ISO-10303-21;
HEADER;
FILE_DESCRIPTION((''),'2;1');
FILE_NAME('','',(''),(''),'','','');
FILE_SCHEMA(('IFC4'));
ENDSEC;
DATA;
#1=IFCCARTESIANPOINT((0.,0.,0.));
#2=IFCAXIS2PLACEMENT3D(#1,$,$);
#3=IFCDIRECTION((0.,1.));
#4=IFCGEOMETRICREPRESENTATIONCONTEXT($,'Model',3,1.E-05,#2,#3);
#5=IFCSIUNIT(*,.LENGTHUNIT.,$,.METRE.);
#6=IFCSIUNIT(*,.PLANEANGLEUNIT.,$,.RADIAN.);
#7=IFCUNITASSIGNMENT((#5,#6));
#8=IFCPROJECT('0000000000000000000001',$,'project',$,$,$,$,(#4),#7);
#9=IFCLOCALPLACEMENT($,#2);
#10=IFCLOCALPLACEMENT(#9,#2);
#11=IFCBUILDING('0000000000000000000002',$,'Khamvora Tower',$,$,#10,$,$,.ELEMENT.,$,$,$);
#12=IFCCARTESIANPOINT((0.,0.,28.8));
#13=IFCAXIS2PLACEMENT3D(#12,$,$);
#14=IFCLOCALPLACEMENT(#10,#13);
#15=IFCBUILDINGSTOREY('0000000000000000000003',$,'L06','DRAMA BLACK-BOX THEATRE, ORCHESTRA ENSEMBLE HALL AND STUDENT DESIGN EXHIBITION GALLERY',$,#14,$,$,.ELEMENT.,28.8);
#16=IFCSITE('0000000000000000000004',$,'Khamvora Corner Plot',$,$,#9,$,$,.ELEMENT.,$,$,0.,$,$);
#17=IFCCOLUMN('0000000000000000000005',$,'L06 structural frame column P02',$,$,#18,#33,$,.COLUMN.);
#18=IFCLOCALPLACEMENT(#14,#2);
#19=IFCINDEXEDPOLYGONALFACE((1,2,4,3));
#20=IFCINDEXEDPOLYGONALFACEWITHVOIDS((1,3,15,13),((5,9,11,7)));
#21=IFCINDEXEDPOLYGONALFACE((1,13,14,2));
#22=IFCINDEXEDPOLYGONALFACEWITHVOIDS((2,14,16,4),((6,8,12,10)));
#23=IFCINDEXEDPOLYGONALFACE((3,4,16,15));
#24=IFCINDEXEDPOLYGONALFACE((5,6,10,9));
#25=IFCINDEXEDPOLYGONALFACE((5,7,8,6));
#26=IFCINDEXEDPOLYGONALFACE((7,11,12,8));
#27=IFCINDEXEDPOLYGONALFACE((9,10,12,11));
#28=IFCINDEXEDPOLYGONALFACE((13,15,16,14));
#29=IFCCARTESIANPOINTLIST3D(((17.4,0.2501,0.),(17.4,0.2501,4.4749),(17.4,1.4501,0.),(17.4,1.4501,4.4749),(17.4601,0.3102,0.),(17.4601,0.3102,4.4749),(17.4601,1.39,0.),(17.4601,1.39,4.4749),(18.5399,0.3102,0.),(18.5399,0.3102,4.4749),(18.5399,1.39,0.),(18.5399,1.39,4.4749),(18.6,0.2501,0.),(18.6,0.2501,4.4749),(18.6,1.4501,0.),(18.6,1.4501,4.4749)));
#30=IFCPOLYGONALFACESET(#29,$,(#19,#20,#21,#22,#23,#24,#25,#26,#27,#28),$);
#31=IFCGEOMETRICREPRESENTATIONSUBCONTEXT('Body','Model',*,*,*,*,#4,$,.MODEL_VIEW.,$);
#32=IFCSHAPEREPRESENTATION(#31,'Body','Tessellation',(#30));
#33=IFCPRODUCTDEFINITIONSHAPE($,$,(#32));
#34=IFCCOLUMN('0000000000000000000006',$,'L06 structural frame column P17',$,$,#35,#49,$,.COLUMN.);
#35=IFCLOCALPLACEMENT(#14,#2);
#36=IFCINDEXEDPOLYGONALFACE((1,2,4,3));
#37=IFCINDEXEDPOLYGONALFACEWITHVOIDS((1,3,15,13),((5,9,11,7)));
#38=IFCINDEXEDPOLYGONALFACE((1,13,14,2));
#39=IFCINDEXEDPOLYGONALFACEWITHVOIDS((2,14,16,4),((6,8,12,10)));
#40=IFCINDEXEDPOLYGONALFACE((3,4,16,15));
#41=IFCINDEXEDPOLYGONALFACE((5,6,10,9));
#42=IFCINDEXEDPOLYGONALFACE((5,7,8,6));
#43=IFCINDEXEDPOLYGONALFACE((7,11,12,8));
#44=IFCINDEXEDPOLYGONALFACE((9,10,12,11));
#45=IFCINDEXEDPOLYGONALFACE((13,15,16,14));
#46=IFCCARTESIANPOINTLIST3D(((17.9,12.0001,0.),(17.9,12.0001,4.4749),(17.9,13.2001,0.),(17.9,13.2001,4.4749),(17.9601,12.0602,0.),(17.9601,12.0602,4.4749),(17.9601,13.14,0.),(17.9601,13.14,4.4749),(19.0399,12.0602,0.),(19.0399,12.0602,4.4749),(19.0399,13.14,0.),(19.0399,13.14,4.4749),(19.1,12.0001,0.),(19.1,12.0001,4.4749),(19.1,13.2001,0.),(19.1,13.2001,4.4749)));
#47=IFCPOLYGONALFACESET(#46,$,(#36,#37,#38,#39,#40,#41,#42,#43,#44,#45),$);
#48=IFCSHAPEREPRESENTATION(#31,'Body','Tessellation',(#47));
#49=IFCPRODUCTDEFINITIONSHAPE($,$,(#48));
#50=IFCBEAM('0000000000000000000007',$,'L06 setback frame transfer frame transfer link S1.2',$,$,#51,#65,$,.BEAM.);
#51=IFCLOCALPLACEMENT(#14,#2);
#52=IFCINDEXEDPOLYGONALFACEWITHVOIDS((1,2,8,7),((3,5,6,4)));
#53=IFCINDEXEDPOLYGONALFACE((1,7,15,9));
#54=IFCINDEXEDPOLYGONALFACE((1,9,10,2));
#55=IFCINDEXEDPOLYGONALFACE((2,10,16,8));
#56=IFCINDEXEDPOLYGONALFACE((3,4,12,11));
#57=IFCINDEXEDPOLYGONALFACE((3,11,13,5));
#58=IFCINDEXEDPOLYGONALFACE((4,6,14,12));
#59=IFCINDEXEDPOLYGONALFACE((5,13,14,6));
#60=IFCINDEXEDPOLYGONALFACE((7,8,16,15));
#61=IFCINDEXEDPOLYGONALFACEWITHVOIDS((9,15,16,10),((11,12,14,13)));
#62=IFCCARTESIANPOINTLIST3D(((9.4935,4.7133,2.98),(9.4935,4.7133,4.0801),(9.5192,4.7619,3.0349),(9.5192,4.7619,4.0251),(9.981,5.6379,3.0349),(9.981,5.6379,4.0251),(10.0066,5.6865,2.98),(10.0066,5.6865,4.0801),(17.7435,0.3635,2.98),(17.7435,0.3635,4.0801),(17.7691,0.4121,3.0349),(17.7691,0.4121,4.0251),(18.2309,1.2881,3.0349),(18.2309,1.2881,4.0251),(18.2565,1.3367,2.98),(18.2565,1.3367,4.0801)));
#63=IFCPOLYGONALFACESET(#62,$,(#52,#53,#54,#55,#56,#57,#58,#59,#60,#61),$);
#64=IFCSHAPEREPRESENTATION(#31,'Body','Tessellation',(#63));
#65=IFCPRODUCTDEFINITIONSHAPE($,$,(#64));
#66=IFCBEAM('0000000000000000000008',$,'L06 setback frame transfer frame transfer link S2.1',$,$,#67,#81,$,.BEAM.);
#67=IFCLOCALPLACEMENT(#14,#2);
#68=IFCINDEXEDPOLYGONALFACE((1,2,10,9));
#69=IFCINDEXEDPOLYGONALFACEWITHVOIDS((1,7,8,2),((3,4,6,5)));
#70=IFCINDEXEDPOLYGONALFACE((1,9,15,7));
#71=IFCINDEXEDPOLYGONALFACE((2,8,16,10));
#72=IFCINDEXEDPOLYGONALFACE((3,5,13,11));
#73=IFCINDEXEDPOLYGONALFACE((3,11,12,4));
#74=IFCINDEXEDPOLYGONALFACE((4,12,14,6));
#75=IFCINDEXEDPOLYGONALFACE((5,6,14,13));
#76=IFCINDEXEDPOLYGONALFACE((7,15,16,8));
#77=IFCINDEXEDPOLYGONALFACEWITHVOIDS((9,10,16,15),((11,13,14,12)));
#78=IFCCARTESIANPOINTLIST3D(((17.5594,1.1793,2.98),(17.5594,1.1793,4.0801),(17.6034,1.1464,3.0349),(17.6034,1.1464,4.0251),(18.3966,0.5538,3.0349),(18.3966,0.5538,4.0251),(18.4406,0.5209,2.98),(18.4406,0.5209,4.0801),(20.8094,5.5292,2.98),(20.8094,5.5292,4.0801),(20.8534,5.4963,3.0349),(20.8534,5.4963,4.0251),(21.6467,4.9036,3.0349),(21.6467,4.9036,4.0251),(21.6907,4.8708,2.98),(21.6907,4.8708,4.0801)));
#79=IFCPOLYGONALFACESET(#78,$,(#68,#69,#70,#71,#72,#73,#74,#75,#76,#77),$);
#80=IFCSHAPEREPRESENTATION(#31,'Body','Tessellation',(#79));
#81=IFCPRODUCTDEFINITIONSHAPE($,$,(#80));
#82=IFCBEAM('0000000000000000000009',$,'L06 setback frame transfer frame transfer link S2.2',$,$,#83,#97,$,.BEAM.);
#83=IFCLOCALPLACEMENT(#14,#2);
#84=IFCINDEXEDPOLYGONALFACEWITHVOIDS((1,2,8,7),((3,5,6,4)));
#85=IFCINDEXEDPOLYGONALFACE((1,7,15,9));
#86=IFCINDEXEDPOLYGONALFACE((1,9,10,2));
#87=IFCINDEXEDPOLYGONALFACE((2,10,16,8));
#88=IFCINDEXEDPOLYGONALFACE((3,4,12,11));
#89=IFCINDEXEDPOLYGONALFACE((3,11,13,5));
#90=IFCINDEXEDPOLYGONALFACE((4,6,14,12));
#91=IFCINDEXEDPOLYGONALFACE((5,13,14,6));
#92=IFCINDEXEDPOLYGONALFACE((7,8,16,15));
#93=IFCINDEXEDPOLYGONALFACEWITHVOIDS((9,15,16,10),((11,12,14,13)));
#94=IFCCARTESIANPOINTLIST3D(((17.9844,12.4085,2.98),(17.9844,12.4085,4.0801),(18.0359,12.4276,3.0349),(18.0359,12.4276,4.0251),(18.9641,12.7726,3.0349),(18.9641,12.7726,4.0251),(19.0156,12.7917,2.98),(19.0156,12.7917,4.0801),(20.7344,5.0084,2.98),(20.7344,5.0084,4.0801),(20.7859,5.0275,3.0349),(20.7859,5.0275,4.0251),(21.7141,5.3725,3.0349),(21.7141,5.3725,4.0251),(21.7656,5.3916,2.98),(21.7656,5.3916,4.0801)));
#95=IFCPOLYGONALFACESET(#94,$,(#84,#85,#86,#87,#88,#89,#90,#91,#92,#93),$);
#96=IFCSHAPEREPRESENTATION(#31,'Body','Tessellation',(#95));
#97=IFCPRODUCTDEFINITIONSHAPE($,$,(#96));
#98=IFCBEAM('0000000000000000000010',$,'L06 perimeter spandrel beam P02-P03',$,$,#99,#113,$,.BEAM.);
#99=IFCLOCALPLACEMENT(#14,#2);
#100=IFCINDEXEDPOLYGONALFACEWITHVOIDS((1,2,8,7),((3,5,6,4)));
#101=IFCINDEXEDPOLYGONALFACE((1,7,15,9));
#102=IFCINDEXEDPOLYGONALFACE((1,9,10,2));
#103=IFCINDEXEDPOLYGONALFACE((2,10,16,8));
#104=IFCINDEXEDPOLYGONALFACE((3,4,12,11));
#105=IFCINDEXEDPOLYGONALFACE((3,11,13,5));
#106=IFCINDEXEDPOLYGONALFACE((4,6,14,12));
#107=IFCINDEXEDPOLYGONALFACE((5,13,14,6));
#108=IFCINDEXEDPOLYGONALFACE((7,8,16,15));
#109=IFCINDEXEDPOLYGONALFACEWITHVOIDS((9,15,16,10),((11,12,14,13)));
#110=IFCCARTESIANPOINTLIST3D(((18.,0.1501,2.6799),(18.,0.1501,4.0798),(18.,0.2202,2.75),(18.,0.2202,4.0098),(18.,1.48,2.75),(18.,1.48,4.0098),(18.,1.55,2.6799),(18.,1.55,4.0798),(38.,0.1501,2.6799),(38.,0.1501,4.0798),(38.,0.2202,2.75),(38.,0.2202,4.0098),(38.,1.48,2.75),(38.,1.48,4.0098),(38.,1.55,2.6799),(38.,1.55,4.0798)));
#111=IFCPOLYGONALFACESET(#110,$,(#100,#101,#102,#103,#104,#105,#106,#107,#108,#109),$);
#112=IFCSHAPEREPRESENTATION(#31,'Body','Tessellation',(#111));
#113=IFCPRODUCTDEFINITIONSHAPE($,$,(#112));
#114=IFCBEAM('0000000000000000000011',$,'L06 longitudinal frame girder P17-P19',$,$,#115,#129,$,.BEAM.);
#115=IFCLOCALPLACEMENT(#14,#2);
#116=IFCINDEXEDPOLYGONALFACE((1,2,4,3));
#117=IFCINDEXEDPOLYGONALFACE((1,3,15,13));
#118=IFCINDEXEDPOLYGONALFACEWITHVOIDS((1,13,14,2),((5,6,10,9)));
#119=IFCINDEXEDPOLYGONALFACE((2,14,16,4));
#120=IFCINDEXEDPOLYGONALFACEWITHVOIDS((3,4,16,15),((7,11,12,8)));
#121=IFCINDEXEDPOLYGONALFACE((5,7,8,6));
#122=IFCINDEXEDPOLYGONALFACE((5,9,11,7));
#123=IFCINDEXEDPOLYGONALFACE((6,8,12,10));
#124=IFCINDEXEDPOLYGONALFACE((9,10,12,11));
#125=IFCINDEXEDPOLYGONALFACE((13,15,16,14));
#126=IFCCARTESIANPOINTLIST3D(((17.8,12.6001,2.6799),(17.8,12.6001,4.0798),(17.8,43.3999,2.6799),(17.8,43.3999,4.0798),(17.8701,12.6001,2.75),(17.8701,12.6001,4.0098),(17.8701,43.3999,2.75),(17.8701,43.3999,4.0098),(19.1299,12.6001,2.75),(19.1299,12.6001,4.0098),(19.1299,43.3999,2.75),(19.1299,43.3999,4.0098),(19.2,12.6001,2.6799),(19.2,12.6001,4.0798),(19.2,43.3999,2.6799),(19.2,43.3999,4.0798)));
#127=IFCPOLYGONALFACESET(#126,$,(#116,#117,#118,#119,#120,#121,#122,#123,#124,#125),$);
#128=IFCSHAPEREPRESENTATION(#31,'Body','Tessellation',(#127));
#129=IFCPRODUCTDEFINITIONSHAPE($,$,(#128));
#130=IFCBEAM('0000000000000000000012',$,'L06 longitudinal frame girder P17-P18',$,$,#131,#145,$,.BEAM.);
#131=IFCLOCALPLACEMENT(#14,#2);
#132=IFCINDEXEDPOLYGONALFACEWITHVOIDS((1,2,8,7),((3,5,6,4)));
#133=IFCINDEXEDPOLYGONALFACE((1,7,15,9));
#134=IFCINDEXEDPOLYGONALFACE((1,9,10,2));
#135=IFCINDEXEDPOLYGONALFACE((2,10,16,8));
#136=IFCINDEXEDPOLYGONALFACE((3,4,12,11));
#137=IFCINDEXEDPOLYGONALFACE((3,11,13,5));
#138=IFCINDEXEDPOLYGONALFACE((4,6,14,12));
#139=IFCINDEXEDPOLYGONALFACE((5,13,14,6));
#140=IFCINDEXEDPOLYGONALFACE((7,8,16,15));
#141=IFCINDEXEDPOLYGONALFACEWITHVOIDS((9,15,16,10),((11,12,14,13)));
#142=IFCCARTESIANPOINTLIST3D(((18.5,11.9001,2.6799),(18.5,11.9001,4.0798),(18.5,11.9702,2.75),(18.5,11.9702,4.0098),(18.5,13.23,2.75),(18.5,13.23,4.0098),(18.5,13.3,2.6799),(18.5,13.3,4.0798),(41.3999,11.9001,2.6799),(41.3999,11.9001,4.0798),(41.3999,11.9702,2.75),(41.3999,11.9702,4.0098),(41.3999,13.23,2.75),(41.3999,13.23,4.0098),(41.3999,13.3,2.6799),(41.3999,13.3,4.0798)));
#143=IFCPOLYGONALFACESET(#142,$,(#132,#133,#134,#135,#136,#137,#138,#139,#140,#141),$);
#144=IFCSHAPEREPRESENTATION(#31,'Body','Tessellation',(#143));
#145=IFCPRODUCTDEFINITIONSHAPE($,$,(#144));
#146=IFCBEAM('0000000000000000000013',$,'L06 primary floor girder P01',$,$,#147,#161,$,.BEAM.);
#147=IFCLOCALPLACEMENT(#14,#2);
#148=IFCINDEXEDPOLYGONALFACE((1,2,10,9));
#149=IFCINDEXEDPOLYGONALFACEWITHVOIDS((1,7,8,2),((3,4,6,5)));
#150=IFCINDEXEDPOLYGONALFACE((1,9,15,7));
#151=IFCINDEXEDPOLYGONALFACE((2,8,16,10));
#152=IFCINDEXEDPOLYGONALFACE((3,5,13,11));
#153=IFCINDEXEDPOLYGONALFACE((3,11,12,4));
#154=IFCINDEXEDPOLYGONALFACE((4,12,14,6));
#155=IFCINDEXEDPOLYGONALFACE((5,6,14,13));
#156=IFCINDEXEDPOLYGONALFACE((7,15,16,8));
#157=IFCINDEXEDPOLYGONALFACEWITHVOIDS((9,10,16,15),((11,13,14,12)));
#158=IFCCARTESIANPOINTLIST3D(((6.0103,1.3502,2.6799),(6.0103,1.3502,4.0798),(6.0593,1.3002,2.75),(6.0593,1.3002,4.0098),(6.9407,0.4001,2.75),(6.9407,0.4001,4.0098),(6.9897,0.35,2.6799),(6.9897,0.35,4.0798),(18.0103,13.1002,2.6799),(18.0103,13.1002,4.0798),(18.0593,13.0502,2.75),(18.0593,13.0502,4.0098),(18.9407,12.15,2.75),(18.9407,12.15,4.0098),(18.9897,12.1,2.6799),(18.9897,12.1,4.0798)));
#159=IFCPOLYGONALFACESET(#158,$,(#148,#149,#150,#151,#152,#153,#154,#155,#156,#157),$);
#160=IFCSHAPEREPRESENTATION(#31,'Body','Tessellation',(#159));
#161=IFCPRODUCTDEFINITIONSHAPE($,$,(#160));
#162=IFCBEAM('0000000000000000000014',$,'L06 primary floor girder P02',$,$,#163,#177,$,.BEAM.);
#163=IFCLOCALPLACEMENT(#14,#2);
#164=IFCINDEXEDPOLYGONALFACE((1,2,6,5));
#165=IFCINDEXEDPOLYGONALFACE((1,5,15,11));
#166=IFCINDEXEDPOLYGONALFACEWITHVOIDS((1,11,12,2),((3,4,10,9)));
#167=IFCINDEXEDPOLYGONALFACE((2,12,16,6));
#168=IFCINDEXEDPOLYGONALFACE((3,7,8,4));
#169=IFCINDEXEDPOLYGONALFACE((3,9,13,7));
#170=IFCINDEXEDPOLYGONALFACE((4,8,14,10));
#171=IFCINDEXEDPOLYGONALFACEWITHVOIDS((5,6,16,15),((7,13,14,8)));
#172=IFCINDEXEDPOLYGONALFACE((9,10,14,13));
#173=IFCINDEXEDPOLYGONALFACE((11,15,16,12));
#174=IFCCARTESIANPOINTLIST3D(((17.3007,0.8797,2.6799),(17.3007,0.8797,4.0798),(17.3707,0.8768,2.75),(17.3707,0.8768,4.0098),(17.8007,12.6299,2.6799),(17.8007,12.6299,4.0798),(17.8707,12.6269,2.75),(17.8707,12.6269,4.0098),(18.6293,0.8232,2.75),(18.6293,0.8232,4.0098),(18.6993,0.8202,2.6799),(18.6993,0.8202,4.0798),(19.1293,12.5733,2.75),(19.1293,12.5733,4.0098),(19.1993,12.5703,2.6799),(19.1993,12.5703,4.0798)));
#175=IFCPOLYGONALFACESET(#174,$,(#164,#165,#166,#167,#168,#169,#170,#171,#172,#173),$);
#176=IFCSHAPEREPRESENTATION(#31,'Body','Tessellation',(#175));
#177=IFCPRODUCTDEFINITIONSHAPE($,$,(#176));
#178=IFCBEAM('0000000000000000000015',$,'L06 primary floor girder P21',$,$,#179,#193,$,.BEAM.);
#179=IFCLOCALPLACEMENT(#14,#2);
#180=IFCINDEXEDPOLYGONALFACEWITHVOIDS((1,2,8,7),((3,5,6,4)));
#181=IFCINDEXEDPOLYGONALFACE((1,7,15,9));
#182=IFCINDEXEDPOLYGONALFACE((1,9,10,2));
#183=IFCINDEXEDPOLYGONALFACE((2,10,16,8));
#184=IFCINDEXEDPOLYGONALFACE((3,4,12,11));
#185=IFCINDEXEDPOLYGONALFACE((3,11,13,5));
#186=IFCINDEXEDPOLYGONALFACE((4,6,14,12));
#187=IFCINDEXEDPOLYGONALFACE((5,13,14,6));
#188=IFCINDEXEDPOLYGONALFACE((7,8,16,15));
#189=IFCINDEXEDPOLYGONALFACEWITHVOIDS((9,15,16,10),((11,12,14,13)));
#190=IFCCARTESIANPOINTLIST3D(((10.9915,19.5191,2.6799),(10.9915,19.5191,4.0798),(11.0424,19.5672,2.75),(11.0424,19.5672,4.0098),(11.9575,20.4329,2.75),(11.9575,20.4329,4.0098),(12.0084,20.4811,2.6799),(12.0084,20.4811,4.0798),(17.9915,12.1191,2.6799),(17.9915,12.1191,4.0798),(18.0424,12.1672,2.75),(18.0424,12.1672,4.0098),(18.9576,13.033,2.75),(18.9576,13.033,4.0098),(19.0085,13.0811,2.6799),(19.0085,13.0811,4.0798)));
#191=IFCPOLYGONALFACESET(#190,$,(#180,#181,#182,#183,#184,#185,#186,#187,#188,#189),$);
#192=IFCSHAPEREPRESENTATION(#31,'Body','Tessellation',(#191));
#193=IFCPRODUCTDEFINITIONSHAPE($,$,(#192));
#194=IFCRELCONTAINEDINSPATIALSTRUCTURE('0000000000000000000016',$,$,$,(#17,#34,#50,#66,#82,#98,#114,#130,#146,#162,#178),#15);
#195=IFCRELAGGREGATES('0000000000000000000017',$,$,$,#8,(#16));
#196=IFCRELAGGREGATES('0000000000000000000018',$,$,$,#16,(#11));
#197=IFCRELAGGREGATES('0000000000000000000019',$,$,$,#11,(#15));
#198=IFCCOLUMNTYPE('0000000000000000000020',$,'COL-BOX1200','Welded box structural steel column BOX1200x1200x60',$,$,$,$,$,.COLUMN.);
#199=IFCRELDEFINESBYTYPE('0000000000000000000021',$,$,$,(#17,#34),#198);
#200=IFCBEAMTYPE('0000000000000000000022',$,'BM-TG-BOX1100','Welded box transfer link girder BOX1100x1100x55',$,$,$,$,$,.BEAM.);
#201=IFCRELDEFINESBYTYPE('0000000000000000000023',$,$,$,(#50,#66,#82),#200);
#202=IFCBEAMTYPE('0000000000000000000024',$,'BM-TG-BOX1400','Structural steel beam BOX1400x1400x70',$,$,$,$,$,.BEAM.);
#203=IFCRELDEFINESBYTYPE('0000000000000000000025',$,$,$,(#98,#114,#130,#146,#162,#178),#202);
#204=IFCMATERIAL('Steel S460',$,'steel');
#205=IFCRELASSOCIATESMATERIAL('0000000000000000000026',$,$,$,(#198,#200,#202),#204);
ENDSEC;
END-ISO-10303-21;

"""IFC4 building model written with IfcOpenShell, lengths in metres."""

from ifc_helpers import new_model, si_unit, direction, frame, origin, origin_2d, place, context, subcontext, project, spatial, hollow_rectangle, extrude, material, material_profile, profile_set, type_object, element, save


model = new_model("IFC4")

# Units and contexts
model_context = context("Model", 3, precision=1e-05, world=origin(), true_north=direction((0.0, 1.0)))
body_context = subcontext(model_context, "Body", "Model", "MODEL_VIEW")
ifc_project = project(units=[si_unit("LENGTHUNIT", "METRE"), si_unit("PLANEANGLEUNIT", "RADIAN")], contexts=[model_context])

# Site, building, storey
site_placement = place(None, origin())
site = spatial("IfcSite", under=ifc_project, at=site_placement, Name="Khamvora Corner Plot", CompositionType="ELEMENT", RefElevation=0.0)
building_placement = place(site_placement, origin())
building = spatial("IfcBuilding", under=site, at=building_placement, Name="Khamvora Tower", CompositionType="ELEMENT")
storey_placement = place(building_placement, frame((0.0, 0.0, 28.8)))
storey = spatial("IfcBuildingStorey", under=building, at=storey_placement, Name="L06", Description="DRAMA BLACK-BOX THEATRE, ORCHESTRA ENSEMBLE HALL AND STUDENT DESIGN EXHIBITION GALLERY", CompositionType="ELEMENT", Elevation=28.8)

# Columns
ifc_material_1 = material(Name="Steel S460", Category="steel")
ifc_material_profile_1 = material_profile(ifc_material_1, hollow_rectangle(XDim=1.2, YDim=1.2, WallThickness=0.0601, at=origin_2d()), Name="BOX1200x1200x60")
ifc_profile_set_1 = profile_set([ifc_material_profile_1], Name="Steel S460")
column_type = type_object("IfcColumnType", Name="COL-BOX1200", Description="Welded box structural steel column BOX1200x1200x60", PredefinedType="COLUMN", material=ifc_profile_set_1)
for number, where, z_axis, x_axis, name in (
    (1, (18.0, 0.8501, 0.0), (0.0, 0.0, 1.0), (1.0, 0.0, 0.0), "L06 structural frame column P02"),
    (2, (18.5, 12.6001, 0.0), (0.0, 0.0, 1.0), (1.0, 0.0, 0.0), "L06 structural frame column P17"),
):
    element("IfcColumn", number, at=place(storey_placement, frame(where, z_axis=z_axis, x_axis=x_axis)), inside=storey, type_object=column_type, Name=name, PredefinedType="COLUMN", context=body_context, shape_type="SweptSolid", body=[
        extrude(hollow_rectangle(XDim=1.2, YDim=1.2, WallThickness=0.0601, at=origin_2d()), origin(), (0.0, 0.0, 1.0), 4.4749),
    ])

# Beams
ifc_material_profile_2 = material_profile(ifc_material_1, hollow_rectangle(XDim=1.1001, YDim=1.1001, WallThickness=0.0549, at=origin_2d()), Name="BOX1100x1100x55")
ifc_profile_set_2 = profile_set([ifc_material_profile_2], Name="Steel S460")
beam_type_1 = type_object("IfcBeamType", Name="BM-TG-BOX1100", Description="Welded box transfer link girder BOX1100x1100x55", PredefinedType="BEAM", material=ifc_profile_set_2)
beam_1_placement = place(storey_placement, frame((18.0, 0.8501, 3.53), z_axis=(-0.884576, 0.466397, 0.0), x_axis=(-0.466397, -0.884576, 0.0)))
element("IfcBeam", 3, at=beam_1_placement, inside=storey, type_object=beam_type_1, Name="L06 setback frame transfer frame transfer link S1.2", PredefinedType="BEAM", context=body_context, shape_type="SweptSolid", body=[
    extrude(hollow_rectangle(XDim=1.1001, YDim=1.1001, WallThickness=0.0549, at=origin_2d()), origin(), (0.0, 0.0, 1.0), 9.3264),
])
beam_2_placement = place(storey_placement, frame((18.0, 0.8501, 3.53), z_axis=(0.598539, 0.801094, 0.0), x_axis=(-0.801094, 0.598539, 0.0)))
element("IfcBeam", 4, at=beam_2_placement, inside=storey, type_object=beam_type_1, Name="L06 setback frame transfer frame transfer link S2.1", PredefinedType="BEAM", context=body_context, shape_type="SweptSolid", body=[
    extrude(hollow_rectangle(XDim=1.1001, YDim=1.1001, WallThickness=0.0549, at=origin_2d()), origin(), (0.0, 0.0, 1.0), 5.4299),
])
beam_3_placement = place(storey_placement, frame((18.5, 12.6001, 3.53), z_axis=(0.348339, -0.937368, 0.0), x_axis=(0.937368, 0.348339, 0.0)))
element("IfcBeam", 5, at=beam_3_placement, inside=storey, type_object=beam_type_1, Name="L06 setback frame transfer frame transfer link S2.2", PredefinedType="BEAM", context=body_context, shape_type="SweptSolid", body=[
    extrude(hollow_rectangle(XDim=1.1001, YDim=1.1001, WallThickness=0.0549, at=origin_2d()), origin(), (0.0, 0.0, 1.0), 7.8945),
])
ifc_material_profile_3 = material_profile(ifc_material_1, hollow_rectangle(XDim=1.3999, YDim=1.3999, WallThickness=0.0701, at=origin_2d()), Name="BOX1400x1400x70")
ifc_profile_set_3 = profile_set([ifc_material_profile_3], Name="Steel S460")
beam_type_2 = type_object("IfcBeamType", Name="BM-TG-BOX1400", Description="Structural steel beam BOX1400x1400x70", PredefinedType="BEAM", material=ifc_profile_set_3)
beam_4_placement = place(storey_placement, frame((18.0, 0.8501, 3.3799), z_axis=(1.0, 0.0, 0.0), x_axis=(0.0, 1.0, 0.0)))
element("IfcBeam", 6, at=beam_4_placement, inside=storey, type_object=beam_type_2, Name="L06 perimeter spandrel beam P02-P03", PredefinedType="BEAM", context=body_context, shape_type="SweptSolid", body=[
    extrude(hollow_rectangle(XDim=1.3999, YDim=1.3999, WallThickness=0.0701, at=origin_2d()), origin(), (0.0, 0.0, 1.0), 20.0),
])
beam_5_placement = place(storey_placement, frame((18.5, 12.6001, 3.3799), z_axis=(0.0, 1.0, 0.0), x_axis=(-1.0, 0.0, 0.0)))
element("IfcBeam", 7, at=beam_5_placement, inside=storey, type_object=beam_type_2, Name="L06 longitudinal frame girder P17-P19", PredefinedType="BEAM", context=body_context, shape_type="SweptSolid", body=[
    extrude(hollow_rectangle(XDim=1.3999, YDim=1.3999, WallThickness=0.0701, at=origin_2d()), origin(), (0.0, 0.0, 1.0), 30.7998),
])
beam_6_placement = place(storey_placement, frame((18.5, 12.6001, 3.3799), z_axis=(1.0, 0.0, 0.0), x_axis=(0.0, 1.0, 0.0)))
element("IfcBeam", 8, at=beam_6_placement, inside=storey, type_object=beam_type_2, Name="L06 longitudinal frame girder P17-P18", PredefinedType="BEAM", context=body_context, shape_type="SweptSolid", body=[
    extrude(hollow_rectangle(XDim=1.3999, YDim=1.3999, WallThickness=0.0701, at=origin_2d()), origin(), (0.0, 0.0, 1.0), 22.8999),
])
beam_7_placement = place(storey_placement, frame((18.5, 12.6001, 3.3799), z_axis=(-0.71451, -0.699625, 0.0), x_axis=(0.699625, -0.71451, 0.0)))
element("IfcBeam", 9, at=beam_7_placement, inside=storey, type_object=beam_type_2, Name="L06 primary floor girder P01", PredefinedType="BEAM", context=body_context, shape_type="SweptSolid", body=[
    extrude(hollow_rectangle(XDim=1.3999, YDim=1.3999, WallThickness=0.0701, at=origin_2d()), origin(), (0.0, 0.0, 1.0), 16.7947),
])
beam_8_placement = place(storey_placement, frame((18.5, 12.6001, 3.3799), z_axis=(-0.042515, -0.999096, 0.0), x_axis=(0.999096, -0.042515, 0.0)))
element("IfcBeam", 10, at=beam_8_placement, inside=storey, type_object=beam_type_2, Name="L06 primary floor girder P02", PredefinedType="BEAM", context=body_context, shape_type="SweptSolid", body=[
    extrude(hollow_rectangle(XDim=1.3999, YDim=1.3999, WallThickness=0.0701, at=origin_2d()), origin(), (0.0, 0.0, 1.0), 11.7607),
])
beam_9_placement = place(storey_placement, frame((18.5, 12.6001, 3.3799), z_axis=(-0.687205, 0.726464, 0.0), x_axis=(-0.726464, -0.687205, 0.0)))
element("IfcBeam", 11, at=beam_9_placement, inside=storey, type_object=beam_type_2, Name="L06 primary floor girder P21", PredefinedType="BEAM", context=body_context, shape_type="SweptSolid", body=[
    extrude(hollow_rectangle(XDim=1.3999, YDim=1.3999, WallThickness=0.0701, at=origin_2d()), origin(), (0.0, 0.0, 1.0), 10.1863),
])

save(model, "model.ifc")
